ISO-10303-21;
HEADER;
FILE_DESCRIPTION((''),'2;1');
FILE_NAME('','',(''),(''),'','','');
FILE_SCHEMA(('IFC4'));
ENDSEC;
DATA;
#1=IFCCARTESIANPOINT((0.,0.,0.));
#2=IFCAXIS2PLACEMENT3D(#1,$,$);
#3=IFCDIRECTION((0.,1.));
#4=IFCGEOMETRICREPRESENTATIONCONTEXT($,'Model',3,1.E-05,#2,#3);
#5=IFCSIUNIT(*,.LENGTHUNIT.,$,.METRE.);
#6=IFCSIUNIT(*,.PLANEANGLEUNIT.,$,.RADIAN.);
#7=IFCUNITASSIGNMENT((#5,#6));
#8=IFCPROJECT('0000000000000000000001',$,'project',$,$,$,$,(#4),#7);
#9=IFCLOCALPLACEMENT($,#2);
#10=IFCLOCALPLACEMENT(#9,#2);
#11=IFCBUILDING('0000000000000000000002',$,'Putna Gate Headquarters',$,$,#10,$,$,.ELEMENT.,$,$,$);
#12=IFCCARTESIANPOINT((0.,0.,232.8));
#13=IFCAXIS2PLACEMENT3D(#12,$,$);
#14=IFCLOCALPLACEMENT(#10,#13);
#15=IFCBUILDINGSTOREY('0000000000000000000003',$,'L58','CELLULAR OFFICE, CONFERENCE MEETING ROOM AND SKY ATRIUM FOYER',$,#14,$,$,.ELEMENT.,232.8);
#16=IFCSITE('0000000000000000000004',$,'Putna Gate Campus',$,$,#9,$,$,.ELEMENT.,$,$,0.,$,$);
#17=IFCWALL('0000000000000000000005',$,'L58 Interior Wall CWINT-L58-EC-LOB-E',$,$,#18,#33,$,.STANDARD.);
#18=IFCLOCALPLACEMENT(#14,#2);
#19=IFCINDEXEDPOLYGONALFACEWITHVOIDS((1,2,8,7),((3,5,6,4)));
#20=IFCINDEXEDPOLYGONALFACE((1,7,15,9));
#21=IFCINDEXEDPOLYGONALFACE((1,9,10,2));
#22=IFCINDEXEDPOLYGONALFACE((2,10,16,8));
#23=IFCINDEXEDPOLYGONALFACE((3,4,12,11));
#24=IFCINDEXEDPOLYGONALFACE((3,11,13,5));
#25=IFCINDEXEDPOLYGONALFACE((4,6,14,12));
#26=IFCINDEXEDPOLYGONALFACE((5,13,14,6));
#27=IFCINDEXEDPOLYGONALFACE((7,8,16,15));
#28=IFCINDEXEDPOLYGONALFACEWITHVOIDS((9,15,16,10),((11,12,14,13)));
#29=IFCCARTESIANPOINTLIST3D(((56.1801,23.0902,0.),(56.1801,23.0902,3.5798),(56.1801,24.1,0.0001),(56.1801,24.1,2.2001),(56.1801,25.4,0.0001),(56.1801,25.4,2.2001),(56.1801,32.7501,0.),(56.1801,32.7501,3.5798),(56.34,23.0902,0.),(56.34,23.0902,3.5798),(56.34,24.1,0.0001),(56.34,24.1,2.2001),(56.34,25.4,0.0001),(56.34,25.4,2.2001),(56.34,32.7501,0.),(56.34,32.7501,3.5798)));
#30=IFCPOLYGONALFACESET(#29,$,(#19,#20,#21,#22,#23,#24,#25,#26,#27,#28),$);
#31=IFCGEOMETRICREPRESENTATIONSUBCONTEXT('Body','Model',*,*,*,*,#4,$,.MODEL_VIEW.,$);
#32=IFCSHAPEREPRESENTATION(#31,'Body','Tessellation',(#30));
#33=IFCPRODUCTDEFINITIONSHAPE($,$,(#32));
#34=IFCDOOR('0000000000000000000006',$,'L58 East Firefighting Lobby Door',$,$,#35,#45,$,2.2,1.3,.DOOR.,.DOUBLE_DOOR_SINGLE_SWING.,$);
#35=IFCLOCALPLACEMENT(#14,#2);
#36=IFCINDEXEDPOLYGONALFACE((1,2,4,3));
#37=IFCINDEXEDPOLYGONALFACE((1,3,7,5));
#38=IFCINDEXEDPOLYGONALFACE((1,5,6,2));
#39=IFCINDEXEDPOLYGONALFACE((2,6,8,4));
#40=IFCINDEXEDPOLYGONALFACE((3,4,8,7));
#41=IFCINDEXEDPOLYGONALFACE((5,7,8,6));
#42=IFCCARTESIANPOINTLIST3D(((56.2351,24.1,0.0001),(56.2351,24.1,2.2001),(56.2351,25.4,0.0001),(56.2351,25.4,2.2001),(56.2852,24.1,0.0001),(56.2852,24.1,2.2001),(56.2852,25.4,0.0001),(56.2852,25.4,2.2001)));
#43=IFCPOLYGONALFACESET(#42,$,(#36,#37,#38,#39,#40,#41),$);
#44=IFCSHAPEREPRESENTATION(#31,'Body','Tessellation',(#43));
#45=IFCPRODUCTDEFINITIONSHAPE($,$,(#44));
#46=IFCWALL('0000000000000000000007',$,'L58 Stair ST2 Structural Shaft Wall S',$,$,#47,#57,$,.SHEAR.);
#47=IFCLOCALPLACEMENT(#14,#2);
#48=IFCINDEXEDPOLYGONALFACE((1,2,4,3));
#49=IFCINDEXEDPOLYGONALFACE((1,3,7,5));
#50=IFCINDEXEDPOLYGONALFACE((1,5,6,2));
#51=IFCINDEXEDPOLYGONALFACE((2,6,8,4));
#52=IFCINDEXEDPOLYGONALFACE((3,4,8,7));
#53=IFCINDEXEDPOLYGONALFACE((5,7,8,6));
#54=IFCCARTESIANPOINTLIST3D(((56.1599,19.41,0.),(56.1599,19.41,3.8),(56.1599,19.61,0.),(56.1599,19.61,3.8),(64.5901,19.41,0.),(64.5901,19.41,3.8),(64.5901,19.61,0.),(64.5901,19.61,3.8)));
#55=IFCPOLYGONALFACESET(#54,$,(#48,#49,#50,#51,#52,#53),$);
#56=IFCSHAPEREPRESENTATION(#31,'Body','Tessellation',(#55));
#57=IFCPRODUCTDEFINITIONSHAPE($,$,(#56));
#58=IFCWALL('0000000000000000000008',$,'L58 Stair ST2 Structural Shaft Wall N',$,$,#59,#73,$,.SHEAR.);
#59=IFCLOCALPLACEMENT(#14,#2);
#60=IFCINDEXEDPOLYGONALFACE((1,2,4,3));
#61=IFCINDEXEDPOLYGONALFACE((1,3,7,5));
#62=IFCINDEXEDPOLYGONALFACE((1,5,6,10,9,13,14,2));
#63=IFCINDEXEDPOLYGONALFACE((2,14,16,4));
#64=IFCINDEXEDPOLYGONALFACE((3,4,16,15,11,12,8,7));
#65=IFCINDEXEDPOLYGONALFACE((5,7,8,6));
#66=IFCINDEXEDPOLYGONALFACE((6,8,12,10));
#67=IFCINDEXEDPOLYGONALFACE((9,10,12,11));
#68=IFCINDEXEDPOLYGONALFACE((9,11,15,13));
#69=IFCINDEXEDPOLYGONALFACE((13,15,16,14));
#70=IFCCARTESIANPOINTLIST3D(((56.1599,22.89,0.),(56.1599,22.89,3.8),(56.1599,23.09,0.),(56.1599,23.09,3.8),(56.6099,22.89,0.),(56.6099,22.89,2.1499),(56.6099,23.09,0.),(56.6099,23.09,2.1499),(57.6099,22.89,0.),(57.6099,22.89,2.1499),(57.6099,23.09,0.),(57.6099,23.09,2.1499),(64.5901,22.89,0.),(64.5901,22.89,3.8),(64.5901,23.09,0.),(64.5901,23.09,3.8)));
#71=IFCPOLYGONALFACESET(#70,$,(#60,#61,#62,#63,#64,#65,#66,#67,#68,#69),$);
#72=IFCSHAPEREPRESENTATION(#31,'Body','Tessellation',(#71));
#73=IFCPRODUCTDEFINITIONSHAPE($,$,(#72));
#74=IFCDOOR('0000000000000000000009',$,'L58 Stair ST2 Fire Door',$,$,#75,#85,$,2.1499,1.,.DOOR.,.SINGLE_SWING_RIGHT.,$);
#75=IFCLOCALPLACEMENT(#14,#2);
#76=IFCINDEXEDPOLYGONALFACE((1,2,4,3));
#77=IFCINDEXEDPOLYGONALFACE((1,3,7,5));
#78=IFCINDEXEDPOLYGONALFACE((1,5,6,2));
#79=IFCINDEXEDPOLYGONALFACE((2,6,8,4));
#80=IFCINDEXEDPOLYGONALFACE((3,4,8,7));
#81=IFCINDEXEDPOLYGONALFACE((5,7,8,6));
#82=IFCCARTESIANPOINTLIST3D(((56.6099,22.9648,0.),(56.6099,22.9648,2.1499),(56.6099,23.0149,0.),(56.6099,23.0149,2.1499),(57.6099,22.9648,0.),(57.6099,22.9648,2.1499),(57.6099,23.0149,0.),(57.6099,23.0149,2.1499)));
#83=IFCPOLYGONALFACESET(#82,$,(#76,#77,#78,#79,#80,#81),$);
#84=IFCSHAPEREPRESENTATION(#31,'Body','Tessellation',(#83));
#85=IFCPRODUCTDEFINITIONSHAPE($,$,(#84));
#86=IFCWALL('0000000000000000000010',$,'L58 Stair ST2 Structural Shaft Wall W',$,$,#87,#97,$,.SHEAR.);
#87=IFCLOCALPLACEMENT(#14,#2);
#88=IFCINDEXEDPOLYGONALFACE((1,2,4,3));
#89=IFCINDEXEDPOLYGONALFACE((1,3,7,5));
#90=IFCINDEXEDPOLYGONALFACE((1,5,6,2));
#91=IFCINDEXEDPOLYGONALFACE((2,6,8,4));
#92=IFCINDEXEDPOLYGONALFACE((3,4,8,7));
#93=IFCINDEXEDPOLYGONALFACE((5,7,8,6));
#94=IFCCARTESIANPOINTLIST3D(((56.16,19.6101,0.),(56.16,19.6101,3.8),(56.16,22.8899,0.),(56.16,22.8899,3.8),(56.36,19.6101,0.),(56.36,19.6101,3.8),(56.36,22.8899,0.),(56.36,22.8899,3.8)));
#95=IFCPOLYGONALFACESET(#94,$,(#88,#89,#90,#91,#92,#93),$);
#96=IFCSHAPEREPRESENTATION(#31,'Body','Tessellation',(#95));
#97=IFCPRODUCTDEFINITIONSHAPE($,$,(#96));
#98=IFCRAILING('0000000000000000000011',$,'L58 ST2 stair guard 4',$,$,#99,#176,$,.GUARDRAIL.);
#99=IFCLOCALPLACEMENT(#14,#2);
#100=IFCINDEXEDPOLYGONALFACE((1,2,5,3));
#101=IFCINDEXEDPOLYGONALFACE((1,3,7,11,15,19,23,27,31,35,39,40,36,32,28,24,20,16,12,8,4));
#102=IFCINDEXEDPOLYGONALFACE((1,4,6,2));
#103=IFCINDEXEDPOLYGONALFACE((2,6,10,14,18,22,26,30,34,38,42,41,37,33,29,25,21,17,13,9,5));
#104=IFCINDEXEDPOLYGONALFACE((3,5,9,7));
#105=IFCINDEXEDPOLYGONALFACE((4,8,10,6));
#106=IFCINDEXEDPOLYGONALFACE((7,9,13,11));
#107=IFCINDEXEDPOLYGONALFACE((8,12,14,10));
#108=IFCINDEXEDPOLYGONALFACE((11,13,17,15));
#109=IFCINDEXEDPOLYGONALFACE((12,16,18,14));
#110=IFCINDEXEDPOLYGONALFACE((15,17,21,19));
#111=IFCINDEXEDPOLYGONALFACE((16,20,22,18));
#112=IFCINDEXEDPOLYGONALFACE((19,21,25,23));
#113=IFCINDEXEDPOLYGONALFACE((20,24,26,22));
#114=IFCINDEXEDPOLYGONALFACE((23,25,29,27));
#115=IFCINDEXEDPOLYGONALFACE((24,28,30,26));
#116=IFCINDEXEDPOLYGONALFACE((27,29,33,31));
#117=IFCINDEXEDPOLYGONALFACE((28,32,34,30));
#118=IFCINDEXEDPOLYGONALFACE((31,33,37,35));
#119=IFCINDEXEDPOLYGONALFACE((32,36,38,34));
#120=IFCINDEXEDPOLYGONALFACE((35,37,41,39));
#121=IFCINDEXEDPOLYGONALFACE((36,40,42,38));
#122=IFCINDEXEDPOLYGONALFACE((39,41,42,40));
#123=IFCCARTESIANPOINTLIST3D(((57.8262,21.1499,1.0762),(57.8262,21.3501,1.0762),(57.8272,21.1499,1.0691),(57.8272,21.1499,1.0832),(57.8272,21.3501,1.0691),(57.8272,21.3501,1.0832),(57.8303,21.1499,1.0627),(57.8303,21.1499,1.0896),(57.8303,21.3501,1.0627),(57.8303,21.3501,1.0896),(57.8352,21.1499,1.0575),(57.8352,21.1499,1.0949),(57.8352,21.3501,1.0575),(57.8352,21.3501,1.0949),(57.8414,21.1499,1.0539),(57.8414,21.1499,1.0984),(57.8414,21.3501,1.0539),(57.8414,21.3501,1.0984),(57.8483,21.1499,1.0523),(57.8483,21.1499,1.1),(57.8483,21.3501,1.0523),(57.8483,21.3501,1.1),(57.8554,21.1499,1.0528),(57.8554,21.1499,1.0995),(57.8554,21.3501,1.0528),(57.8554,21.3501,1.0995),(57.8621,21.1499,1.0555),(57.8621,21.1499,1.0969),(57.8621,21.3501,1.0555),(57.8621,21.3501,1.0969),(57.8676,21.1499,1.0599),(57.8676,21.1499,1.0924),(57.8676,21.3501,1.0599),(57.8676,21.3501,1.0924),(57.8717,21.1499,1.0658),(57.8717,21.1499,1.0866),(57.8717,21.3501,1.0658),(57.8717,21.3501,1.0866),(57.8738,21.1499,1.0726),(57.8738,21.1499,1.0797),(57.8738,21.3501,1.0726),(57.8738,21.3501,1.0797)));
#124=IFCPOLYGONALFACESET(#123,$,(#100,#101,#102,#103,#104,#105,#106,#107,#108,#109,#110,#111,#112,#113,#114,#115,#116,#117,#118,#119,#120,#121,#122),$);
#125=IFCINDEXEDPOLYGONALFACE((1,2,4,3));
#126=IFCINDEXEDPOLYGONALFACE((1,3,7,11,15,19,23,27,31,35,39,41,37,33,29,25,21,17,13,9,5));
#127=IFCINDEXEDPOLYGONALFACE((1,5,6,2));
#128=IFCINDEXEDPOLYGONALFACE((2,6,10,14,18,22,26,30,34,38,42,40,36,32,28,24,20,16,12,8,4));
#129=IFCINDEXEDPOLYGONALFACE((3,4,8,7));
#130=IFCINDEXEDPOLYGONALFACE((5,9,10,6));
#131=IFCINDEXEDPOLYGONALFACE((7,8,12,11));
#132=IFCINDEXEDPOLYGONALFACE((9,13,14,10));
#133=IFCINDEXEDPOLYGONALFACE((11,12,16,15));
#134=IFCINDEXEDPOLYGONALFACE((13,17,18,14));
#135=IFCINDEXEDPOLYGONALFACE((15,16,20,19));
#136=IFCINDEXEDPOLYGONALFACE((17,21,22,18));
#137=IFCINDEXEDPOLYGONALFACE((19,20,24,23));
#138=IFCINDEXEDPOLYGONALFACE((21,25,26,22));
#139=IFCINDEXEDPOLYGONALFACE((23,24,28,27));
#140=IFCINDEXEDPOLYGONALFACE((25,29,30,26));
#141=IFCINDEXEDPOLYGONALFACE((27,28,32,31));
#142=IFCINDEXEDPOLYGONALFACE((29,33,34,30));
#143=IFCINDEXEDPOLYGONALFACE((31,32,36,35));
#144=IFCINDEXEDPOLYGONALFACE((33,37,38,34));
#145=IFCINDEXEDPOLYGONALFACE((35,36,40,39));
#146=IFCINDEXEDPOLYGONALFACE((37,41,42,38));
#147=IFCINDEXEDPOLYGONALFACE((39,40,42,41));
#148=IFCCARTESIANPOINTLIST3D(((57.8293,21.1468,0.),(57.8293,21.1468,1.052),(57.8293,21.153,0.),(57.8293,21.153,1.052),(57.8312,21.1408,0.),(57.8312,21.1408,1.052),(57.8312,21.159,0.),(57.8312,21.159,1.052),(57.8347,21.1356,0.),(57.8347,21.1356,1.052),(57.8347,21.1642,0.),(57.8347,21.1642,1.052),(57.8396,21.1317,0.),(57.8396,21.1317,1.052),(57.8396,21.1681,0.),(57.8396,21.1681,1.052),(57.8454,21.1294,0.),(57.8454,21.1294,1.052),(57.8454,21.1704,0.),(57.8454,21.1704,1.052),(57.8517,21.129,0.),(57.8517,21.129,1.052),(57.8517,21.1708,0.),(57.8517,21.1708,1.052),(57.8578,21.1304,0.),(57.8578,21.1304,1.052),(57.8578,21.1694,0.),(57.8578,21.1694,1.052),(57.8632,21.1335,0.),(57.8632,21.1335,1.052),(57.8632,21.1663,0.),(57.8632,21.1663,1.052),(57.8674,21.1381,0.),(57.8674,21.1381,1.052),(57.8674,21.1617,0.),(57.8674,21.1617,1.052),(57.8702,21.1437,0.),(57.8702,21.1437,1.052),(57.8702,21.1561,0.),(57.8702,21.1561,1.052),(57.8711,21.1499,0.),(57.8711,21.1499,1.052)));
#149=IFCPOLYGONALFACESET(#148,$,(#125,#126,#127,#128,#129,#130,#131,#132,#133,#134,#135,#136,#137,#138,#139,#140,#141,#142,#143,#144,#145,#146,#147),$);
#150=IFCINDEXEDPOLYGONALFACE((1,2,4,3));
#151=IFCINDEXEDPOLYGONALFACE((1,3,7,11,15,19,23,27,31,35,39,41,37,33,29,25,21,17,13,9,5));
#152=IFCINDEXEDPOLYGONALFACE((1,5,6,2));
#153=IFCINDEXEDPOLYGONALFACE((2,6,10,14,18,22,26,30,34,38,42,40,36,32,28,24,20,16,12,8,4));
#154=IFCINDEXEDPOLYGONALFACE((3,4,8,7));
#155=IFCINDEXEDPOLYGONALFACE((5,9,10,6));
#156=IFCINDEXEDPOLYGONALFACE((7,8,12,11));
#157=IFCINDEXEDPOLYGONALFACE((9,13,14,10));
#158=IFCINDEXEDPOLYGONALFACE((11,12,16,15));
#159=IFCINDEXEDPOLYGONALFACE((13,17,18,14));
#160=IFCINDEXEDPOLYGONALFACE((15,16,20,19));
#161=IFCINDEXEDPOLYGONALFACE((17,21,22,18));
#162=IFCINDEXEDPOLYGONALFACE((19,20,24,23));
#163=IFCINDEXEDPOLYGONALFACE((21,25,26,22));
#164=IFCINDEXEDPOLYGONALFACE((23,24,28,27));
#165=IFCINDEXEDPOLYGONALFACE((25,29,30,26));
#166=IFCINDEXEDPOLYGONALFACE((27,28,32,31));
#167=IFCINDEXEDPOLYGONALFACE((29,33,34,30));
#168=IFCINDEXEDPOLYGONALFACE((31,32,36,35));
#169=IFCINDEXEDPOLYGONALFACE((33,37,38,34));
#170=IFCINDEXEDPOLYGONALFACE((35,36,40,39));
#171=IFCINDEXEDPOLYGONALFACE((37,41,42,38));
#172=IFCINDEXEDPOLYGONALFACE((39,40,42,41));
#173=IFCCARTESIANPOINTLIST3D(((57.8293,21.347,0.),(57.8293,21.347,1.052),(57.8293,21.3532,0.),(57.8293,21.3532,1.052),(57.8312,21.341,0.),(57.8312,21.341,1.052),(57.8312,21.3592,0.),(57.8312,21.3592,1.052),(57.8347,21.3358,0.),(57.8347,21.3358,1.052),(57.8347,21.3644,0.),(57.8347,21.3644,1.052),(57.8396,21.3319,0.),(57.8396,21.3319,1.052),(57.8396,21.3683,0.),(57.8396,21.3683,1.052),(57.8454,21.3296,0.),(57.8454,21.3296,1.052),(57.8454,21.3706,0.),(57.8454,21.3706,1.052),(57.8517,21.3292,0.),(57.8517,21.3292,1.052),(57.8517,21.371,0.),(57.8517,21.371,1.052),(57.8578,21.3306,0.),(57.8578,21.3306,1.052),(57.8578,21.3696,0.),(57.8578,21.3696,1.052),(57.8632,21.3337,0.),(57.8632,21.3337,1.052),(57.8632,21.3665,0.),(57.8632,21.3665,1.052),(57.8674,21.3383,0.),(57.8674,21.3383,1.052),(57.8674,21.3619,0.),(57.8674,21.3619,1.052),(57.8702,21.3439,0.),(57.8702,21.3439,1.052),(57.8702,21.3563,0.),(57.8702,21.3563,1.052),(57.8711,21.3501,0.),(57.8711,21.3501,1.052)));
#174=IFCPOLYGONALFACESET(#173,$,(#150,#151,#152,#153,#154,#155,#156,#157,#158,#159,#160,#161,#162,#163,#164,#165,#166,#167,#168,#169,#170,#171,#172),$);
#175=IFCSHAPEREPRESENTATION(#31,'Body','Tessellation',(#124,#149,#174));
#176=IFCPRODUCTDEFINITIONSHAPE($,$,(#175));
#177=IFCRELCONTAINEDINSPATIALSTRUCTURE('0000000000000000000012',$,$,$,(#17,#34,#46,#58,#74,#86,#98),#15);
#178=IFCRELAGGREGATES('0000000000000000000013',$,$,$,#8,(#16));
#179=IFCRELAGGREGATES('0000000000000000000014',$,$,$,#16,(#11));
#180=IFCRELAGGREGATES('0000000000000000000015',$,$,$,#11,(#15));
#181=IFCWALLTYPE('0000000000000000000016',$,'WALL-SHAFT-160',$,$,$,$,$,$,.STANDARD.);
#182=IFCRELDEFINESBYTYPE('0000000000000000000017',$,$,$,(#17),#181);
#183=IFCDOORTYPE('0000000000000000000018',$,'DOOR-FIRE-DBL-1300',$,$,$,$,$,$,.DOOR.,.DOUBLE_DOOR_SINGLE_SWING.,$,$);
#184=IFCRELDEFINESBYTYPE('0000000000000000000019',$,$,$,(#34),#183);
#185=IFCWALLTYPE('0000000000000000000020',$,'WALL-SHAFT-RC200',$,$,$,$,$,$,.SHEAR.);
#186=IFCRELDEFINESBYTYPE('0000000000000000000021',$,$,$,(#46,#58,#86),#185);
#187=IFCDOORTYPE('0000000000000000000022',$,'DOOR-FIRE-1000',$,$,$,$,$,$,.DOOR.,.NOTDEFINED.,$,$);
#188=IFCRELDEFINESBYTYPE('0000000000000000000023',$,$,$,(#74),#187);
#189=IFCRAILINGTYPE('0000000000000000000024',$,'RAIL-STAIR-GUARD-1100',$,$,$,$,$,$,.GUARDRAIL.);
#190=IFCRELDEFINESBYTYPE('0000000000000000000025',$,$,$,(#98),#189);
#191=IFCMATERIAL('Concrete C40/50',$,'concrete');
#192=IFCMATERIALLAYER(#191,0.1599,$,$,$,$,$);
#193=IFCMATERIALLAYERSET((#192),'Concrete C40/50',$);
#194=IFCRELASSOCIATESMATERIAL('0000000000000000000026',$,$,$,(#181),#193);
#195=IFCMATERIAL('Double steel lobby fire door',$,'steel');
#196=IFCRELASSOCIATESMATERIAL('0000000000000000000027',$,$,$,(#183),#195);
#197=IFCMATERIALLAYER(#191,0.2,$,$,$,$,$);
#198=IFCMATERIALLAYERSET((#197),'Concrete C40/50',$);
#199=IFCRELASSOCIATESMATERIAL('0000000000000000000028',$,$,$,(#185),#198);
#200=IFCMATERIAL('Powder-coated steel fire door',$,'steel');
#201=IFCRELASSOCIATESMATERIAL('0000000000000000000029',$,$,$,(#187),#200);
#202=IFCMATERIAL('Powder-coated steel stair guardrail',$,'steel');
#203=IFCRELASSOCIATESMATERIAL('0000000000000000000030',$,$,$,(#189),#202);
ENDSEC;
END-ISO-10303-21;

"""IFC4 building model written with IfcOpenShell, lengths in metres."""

from ifc_helpers import new_model, si_unit, direction, frame, frame_2d, origin, origin_2d, place, context, subcontext, project, spatial, rectangle, circle, extrude, material, layer, layer_set, type_object, element, fill, save


model = new_model("IFC4")

# Units and contexts
model_context = context("Model", 3, precision=1e-05, world=origin(), true_north=direction((0.0, 1.0)))
body_context = subcontext(model_context, "Body", "Model", "MODEL_VIEW")
ifc_project = project(units=[si_unit("LENGTHUNIT", "METRE"), si_unit("PLANEANGLEUNIT", "RADIAN")], contexts=[model_context])

# Site, building, storey
site_placement = place(None, origin())
site = spatial("IfcSite", under=ifc_project, at=site_placement, Name="Putna Gate Campus", CompositionType="ELEMENT", RefElevation=0.0)
building_placement = place(site_placement, origin())
building = spatial("IfcBuilding", under=site, at=building_placement, Name="Putna Gate Headquarters", CompositionType="ELEMENT")
storey_placement = place(building_placement, frame((0.0, 0.0, 232.8)))
storey = spatial("IfcBuildingStorey", under=building, at=storey_placement, Name="L58", Description="CELLULAR OFFICE, CONFERENCE MEETING ROOM AND SKY ATRIUM FOYER", CompositionType="ELEMENT", Elevation=232.8)

# Shared definitions
ifc_material_1 = material(Name="Concrete C40/50", Category="concrete")
ifc_layer_1 = layer(ifc_material_1, 0.1599)
ifc_layer_set_1 = layer_set([ifc_layer_1], Name="Concrete C40/50")
wall_type_1 = type_object("IfcWallType", Name="WALL-SHAFT-160", PredefinedType="STANDARD", material=ifc_layer_set_1)

# Wall, opening, door
wall_1_placement = place(storey_placement, frame((56.26, 23.0901, 0.0), z_axis=(0.0, 0.0, 1.0), x_axis=(0.0, 1.0, 0.0)))
wall_1 = element("IfcWall", 1, at=wall_1_placement, inside=storey, type_object=wall_type_1, Name="L58 Interior Wall CWINT-L58-EC-LOB-E", PredefinedType="STANDARD", context=body_context, shape_type="SweptSolid", body=[
    extrude(rectangle(XDim=9.6599, YDim=0.1599, at=frame_2d((4.8301, 0.0))), origin(), (0.0, 0.0, 1.0), 3.5798),
])
opening_1_placement = place(wall_1_placement, frame((1.01, 0.0, 0.0)))
opening_1 = element("IfcOpeningElement", 2, at=opening_1_placement, cuts=wall_1, PredefinedType="OPENING", context=body_context, shape_type="SweptSolid", body=[
    extrude(rectangle(XDim=1.3, YDim=2.2, at=frame_2d((0.6499, 1.1001))), frame((0.0, 0.0898, 0.0), z_axis=(0.0, -1.0, 0.0), x_axis=(1.0, 0.0, 0.0)), (0.0, 0.0, 1.0), 0.1799),
])
ifc_material_2 = material(Name="Double steel lobby fire door", Category="steel")
door_type_1 = type_object("IfcDoorType", Name="DOOR-FIRE-DBL-1300", OperationType="DOUBLE_DOOR_SINGLE_SWING", PredefinedType="DOOR", material=ifc_material_2)
door_1_placement = place(opening_1_placement, origin())
door_1 = element("IfcDoor", 3, at=door_1_placement, inside=storey, type_object=door_type_1, Name="L58 East Firefighting Lobby Door", OperationType="DOUBLE_DOOR_SINGLE_SWING", OverallHeight=2.2, OverallWidth=1.3, PredefinedType="DOOR", context=body_context, shape_type="SweptSolid", body=[
    extrude(rectangle(XDim=1.3, YDim=2.2, at=frame_2d((0.6499, 1.1001))), frame((0.0, 0.0249, 0.0), z_axis=(0.0, -1.0, 0.0), x_axis=(1.0, 0.0, 0.0)), (0.0, 0.0, 1.0), 0.05),
])
fill(opening_1, door_1)

# Wall
ifc_layer_2 = layer(ifc_material_1, 0.2)
ifc_layer_set_2 = layer_set([ifc_layer_2], Name="Concrete C40/50")
wall_type_2 = type_object("IfcWallType", Name="WALL-SHAFT-RC200", PredefinedType="SHEAR", material=ifc_layer_set_2)
wall_2_placement = place(storey_placement, frame((56.1599, 19.51, 0.0), z_axis=(0.0, 0.0, 1.0), x_axis=(1.0, 0.0, 0.0)))
element("IfcWall", 4, at=wall_2_placement, inside=storey, type_object=wall_type_2, Name="L58 Stair ST2 Structural Shaft Wall S", PredefinedType="SHEAR", context=body_context, shape_type="SweptSolid", body=[
    extrude(rectangle(XDim=8.4302, YDim=0.2, at=frame_2d((4.2151, 0.0))), origin(), (0.0, 0.0, 1.0), 3.8),
])

# Wall, opening, door
wall_3_placement = place(storey_placement, frame((56.1599, 22.99, 0.0), z_axis=(0.0, 0.0, 1.0), x_axis=(1.0, 0.0, 0.0)))
wall_3 = element("IfcWall", 5, at=wall_3_placement, inside=storey, type_object=wall_type_2, Name="L58 Stair ST2 Structural Shaft Wall N", PredefinedType="SHEAR", context=body_context, shape_type="SweptSolid", body=[
    extrude(rectangle(XDim=8.4302, YDim=0.2, at=frame_2d((4.2151, 0.0))), origin(), (0.0, 0.0, 1.0), 3.8),
])
opening_2_placement = place(wall_3_placement, frame((0.45, 0.0, 0.0)))
opening_2 = element("IfcOpeningElement", 6, at=opening_2_placement, cuts=wall_3, PredefinedType="OPENING", context=body_context, shape_type="SweptSolid", body=[
    extrude(rectangle(XDim=1.0, YDim=2.1499, at=frame_2d((0.5, 1.075))), frame((0.0, 0.1099, 0.0), z_axis=(0.0, -1.0, 0.0), x_axis=(1.0, 0.0, 0.0)), (0.0, 0.0, 1.0), 0.22),
])
ifc_material_3 = material(Name="Powder-coated steel fire door", Category="steel")
door_type_2 = type_object("IfcDoorType", Name="DOOR-FIRE-1000", OperationType="NOTDEFINED", PredefinedType="DOOR", material=ifc_material_3)
door_2_placement = place(opening_2_placement, origin())
door_2 = element("IfcDoor", 7, at=door_2_placement, inside=storey, type_object=door_type_2, Name="L58 Stair ST2 Fire Door", OperationType="SINGLE_SWING_RIGHT", OverallHeight=2.1499, OverallWidth=1.0, PredefinedType="DOOR", context=body_context, shape_type="SweptSolid", body=[
    extrude(rectangle(XDim=1.0, YDim=2.1499, at=frame_2d((0.5, 1.075))), frame((0.0, 0.0249, 0.0), z_axis=(0.0, -1.0, 0.0), x_axis=(1.0, 0.0, 0.0)), (0.0, 0.0, 1.0), 0.05),
])
fill(opening_2, door_2)

# Wall
wall_4_placement = place(storey_placement, frame((56.26, 19.6101, 0.0), z_axis=(0.0, 0.0, 1.0), x_axis=(0.0, 1.0, 0.0)))
element("IfcWall", 8, at=wall_4_placement, inside=storey, type_object=wall_type_2, Name="L58 Stair ST2 Structural Shaft Wall W", PredefinedType="SHEAR", context=body_context, shape_type="SweptSolid", body=[
    extrude(rectangle(XDim=3.2798, YDim=0.2, at=frame_2d((1.6399, 0.0))), origin(), (0.0, 0.0, 1.0), 3.8),
])

# Railing
ifc_material_4 = material(Name="Powder-coated steel stair guardrail", Category="steel")
railing_type_1 = type_object("IfcRailingType", Name="RAIL-STAIR-GUARD-1100", PredefinedType="GUARDRAIL", material=ifc_material_4)
railing_1_placement = place(storey_placement, frame((57.8501, 21.1499, 0.0)))
element("IfcRailing", 9, at=railing_1_placement, inside=storey, type_object=railing_type_1, Name="L58 ST2 stair guard 4", PredefinedType="GUARDRAIL", context=body_context, shape_type="SweptSolid", body=[
    extrude(circle(Radius=0.0239, at=origin_2d()), frame((0.0, 0.0, 1.0762), z_axis=(0.0, 1.0, 0.0), x_axis=(-1.0, 0.0, 0.0)), (0.0, 0.0, 1.0), 0.2002),
    extrude(circle(Radius=0.021, at=origin_2d()), origin(), (0.0, 0.0, 1.0), 1.052),
    extrude(circle(Radius=0.021, at=origin_2d()), frame((0.0, 0.2002, 0.0)), (0.0, 0.0, 1.0), 1.052),
])

save(model, "model.ifc")
